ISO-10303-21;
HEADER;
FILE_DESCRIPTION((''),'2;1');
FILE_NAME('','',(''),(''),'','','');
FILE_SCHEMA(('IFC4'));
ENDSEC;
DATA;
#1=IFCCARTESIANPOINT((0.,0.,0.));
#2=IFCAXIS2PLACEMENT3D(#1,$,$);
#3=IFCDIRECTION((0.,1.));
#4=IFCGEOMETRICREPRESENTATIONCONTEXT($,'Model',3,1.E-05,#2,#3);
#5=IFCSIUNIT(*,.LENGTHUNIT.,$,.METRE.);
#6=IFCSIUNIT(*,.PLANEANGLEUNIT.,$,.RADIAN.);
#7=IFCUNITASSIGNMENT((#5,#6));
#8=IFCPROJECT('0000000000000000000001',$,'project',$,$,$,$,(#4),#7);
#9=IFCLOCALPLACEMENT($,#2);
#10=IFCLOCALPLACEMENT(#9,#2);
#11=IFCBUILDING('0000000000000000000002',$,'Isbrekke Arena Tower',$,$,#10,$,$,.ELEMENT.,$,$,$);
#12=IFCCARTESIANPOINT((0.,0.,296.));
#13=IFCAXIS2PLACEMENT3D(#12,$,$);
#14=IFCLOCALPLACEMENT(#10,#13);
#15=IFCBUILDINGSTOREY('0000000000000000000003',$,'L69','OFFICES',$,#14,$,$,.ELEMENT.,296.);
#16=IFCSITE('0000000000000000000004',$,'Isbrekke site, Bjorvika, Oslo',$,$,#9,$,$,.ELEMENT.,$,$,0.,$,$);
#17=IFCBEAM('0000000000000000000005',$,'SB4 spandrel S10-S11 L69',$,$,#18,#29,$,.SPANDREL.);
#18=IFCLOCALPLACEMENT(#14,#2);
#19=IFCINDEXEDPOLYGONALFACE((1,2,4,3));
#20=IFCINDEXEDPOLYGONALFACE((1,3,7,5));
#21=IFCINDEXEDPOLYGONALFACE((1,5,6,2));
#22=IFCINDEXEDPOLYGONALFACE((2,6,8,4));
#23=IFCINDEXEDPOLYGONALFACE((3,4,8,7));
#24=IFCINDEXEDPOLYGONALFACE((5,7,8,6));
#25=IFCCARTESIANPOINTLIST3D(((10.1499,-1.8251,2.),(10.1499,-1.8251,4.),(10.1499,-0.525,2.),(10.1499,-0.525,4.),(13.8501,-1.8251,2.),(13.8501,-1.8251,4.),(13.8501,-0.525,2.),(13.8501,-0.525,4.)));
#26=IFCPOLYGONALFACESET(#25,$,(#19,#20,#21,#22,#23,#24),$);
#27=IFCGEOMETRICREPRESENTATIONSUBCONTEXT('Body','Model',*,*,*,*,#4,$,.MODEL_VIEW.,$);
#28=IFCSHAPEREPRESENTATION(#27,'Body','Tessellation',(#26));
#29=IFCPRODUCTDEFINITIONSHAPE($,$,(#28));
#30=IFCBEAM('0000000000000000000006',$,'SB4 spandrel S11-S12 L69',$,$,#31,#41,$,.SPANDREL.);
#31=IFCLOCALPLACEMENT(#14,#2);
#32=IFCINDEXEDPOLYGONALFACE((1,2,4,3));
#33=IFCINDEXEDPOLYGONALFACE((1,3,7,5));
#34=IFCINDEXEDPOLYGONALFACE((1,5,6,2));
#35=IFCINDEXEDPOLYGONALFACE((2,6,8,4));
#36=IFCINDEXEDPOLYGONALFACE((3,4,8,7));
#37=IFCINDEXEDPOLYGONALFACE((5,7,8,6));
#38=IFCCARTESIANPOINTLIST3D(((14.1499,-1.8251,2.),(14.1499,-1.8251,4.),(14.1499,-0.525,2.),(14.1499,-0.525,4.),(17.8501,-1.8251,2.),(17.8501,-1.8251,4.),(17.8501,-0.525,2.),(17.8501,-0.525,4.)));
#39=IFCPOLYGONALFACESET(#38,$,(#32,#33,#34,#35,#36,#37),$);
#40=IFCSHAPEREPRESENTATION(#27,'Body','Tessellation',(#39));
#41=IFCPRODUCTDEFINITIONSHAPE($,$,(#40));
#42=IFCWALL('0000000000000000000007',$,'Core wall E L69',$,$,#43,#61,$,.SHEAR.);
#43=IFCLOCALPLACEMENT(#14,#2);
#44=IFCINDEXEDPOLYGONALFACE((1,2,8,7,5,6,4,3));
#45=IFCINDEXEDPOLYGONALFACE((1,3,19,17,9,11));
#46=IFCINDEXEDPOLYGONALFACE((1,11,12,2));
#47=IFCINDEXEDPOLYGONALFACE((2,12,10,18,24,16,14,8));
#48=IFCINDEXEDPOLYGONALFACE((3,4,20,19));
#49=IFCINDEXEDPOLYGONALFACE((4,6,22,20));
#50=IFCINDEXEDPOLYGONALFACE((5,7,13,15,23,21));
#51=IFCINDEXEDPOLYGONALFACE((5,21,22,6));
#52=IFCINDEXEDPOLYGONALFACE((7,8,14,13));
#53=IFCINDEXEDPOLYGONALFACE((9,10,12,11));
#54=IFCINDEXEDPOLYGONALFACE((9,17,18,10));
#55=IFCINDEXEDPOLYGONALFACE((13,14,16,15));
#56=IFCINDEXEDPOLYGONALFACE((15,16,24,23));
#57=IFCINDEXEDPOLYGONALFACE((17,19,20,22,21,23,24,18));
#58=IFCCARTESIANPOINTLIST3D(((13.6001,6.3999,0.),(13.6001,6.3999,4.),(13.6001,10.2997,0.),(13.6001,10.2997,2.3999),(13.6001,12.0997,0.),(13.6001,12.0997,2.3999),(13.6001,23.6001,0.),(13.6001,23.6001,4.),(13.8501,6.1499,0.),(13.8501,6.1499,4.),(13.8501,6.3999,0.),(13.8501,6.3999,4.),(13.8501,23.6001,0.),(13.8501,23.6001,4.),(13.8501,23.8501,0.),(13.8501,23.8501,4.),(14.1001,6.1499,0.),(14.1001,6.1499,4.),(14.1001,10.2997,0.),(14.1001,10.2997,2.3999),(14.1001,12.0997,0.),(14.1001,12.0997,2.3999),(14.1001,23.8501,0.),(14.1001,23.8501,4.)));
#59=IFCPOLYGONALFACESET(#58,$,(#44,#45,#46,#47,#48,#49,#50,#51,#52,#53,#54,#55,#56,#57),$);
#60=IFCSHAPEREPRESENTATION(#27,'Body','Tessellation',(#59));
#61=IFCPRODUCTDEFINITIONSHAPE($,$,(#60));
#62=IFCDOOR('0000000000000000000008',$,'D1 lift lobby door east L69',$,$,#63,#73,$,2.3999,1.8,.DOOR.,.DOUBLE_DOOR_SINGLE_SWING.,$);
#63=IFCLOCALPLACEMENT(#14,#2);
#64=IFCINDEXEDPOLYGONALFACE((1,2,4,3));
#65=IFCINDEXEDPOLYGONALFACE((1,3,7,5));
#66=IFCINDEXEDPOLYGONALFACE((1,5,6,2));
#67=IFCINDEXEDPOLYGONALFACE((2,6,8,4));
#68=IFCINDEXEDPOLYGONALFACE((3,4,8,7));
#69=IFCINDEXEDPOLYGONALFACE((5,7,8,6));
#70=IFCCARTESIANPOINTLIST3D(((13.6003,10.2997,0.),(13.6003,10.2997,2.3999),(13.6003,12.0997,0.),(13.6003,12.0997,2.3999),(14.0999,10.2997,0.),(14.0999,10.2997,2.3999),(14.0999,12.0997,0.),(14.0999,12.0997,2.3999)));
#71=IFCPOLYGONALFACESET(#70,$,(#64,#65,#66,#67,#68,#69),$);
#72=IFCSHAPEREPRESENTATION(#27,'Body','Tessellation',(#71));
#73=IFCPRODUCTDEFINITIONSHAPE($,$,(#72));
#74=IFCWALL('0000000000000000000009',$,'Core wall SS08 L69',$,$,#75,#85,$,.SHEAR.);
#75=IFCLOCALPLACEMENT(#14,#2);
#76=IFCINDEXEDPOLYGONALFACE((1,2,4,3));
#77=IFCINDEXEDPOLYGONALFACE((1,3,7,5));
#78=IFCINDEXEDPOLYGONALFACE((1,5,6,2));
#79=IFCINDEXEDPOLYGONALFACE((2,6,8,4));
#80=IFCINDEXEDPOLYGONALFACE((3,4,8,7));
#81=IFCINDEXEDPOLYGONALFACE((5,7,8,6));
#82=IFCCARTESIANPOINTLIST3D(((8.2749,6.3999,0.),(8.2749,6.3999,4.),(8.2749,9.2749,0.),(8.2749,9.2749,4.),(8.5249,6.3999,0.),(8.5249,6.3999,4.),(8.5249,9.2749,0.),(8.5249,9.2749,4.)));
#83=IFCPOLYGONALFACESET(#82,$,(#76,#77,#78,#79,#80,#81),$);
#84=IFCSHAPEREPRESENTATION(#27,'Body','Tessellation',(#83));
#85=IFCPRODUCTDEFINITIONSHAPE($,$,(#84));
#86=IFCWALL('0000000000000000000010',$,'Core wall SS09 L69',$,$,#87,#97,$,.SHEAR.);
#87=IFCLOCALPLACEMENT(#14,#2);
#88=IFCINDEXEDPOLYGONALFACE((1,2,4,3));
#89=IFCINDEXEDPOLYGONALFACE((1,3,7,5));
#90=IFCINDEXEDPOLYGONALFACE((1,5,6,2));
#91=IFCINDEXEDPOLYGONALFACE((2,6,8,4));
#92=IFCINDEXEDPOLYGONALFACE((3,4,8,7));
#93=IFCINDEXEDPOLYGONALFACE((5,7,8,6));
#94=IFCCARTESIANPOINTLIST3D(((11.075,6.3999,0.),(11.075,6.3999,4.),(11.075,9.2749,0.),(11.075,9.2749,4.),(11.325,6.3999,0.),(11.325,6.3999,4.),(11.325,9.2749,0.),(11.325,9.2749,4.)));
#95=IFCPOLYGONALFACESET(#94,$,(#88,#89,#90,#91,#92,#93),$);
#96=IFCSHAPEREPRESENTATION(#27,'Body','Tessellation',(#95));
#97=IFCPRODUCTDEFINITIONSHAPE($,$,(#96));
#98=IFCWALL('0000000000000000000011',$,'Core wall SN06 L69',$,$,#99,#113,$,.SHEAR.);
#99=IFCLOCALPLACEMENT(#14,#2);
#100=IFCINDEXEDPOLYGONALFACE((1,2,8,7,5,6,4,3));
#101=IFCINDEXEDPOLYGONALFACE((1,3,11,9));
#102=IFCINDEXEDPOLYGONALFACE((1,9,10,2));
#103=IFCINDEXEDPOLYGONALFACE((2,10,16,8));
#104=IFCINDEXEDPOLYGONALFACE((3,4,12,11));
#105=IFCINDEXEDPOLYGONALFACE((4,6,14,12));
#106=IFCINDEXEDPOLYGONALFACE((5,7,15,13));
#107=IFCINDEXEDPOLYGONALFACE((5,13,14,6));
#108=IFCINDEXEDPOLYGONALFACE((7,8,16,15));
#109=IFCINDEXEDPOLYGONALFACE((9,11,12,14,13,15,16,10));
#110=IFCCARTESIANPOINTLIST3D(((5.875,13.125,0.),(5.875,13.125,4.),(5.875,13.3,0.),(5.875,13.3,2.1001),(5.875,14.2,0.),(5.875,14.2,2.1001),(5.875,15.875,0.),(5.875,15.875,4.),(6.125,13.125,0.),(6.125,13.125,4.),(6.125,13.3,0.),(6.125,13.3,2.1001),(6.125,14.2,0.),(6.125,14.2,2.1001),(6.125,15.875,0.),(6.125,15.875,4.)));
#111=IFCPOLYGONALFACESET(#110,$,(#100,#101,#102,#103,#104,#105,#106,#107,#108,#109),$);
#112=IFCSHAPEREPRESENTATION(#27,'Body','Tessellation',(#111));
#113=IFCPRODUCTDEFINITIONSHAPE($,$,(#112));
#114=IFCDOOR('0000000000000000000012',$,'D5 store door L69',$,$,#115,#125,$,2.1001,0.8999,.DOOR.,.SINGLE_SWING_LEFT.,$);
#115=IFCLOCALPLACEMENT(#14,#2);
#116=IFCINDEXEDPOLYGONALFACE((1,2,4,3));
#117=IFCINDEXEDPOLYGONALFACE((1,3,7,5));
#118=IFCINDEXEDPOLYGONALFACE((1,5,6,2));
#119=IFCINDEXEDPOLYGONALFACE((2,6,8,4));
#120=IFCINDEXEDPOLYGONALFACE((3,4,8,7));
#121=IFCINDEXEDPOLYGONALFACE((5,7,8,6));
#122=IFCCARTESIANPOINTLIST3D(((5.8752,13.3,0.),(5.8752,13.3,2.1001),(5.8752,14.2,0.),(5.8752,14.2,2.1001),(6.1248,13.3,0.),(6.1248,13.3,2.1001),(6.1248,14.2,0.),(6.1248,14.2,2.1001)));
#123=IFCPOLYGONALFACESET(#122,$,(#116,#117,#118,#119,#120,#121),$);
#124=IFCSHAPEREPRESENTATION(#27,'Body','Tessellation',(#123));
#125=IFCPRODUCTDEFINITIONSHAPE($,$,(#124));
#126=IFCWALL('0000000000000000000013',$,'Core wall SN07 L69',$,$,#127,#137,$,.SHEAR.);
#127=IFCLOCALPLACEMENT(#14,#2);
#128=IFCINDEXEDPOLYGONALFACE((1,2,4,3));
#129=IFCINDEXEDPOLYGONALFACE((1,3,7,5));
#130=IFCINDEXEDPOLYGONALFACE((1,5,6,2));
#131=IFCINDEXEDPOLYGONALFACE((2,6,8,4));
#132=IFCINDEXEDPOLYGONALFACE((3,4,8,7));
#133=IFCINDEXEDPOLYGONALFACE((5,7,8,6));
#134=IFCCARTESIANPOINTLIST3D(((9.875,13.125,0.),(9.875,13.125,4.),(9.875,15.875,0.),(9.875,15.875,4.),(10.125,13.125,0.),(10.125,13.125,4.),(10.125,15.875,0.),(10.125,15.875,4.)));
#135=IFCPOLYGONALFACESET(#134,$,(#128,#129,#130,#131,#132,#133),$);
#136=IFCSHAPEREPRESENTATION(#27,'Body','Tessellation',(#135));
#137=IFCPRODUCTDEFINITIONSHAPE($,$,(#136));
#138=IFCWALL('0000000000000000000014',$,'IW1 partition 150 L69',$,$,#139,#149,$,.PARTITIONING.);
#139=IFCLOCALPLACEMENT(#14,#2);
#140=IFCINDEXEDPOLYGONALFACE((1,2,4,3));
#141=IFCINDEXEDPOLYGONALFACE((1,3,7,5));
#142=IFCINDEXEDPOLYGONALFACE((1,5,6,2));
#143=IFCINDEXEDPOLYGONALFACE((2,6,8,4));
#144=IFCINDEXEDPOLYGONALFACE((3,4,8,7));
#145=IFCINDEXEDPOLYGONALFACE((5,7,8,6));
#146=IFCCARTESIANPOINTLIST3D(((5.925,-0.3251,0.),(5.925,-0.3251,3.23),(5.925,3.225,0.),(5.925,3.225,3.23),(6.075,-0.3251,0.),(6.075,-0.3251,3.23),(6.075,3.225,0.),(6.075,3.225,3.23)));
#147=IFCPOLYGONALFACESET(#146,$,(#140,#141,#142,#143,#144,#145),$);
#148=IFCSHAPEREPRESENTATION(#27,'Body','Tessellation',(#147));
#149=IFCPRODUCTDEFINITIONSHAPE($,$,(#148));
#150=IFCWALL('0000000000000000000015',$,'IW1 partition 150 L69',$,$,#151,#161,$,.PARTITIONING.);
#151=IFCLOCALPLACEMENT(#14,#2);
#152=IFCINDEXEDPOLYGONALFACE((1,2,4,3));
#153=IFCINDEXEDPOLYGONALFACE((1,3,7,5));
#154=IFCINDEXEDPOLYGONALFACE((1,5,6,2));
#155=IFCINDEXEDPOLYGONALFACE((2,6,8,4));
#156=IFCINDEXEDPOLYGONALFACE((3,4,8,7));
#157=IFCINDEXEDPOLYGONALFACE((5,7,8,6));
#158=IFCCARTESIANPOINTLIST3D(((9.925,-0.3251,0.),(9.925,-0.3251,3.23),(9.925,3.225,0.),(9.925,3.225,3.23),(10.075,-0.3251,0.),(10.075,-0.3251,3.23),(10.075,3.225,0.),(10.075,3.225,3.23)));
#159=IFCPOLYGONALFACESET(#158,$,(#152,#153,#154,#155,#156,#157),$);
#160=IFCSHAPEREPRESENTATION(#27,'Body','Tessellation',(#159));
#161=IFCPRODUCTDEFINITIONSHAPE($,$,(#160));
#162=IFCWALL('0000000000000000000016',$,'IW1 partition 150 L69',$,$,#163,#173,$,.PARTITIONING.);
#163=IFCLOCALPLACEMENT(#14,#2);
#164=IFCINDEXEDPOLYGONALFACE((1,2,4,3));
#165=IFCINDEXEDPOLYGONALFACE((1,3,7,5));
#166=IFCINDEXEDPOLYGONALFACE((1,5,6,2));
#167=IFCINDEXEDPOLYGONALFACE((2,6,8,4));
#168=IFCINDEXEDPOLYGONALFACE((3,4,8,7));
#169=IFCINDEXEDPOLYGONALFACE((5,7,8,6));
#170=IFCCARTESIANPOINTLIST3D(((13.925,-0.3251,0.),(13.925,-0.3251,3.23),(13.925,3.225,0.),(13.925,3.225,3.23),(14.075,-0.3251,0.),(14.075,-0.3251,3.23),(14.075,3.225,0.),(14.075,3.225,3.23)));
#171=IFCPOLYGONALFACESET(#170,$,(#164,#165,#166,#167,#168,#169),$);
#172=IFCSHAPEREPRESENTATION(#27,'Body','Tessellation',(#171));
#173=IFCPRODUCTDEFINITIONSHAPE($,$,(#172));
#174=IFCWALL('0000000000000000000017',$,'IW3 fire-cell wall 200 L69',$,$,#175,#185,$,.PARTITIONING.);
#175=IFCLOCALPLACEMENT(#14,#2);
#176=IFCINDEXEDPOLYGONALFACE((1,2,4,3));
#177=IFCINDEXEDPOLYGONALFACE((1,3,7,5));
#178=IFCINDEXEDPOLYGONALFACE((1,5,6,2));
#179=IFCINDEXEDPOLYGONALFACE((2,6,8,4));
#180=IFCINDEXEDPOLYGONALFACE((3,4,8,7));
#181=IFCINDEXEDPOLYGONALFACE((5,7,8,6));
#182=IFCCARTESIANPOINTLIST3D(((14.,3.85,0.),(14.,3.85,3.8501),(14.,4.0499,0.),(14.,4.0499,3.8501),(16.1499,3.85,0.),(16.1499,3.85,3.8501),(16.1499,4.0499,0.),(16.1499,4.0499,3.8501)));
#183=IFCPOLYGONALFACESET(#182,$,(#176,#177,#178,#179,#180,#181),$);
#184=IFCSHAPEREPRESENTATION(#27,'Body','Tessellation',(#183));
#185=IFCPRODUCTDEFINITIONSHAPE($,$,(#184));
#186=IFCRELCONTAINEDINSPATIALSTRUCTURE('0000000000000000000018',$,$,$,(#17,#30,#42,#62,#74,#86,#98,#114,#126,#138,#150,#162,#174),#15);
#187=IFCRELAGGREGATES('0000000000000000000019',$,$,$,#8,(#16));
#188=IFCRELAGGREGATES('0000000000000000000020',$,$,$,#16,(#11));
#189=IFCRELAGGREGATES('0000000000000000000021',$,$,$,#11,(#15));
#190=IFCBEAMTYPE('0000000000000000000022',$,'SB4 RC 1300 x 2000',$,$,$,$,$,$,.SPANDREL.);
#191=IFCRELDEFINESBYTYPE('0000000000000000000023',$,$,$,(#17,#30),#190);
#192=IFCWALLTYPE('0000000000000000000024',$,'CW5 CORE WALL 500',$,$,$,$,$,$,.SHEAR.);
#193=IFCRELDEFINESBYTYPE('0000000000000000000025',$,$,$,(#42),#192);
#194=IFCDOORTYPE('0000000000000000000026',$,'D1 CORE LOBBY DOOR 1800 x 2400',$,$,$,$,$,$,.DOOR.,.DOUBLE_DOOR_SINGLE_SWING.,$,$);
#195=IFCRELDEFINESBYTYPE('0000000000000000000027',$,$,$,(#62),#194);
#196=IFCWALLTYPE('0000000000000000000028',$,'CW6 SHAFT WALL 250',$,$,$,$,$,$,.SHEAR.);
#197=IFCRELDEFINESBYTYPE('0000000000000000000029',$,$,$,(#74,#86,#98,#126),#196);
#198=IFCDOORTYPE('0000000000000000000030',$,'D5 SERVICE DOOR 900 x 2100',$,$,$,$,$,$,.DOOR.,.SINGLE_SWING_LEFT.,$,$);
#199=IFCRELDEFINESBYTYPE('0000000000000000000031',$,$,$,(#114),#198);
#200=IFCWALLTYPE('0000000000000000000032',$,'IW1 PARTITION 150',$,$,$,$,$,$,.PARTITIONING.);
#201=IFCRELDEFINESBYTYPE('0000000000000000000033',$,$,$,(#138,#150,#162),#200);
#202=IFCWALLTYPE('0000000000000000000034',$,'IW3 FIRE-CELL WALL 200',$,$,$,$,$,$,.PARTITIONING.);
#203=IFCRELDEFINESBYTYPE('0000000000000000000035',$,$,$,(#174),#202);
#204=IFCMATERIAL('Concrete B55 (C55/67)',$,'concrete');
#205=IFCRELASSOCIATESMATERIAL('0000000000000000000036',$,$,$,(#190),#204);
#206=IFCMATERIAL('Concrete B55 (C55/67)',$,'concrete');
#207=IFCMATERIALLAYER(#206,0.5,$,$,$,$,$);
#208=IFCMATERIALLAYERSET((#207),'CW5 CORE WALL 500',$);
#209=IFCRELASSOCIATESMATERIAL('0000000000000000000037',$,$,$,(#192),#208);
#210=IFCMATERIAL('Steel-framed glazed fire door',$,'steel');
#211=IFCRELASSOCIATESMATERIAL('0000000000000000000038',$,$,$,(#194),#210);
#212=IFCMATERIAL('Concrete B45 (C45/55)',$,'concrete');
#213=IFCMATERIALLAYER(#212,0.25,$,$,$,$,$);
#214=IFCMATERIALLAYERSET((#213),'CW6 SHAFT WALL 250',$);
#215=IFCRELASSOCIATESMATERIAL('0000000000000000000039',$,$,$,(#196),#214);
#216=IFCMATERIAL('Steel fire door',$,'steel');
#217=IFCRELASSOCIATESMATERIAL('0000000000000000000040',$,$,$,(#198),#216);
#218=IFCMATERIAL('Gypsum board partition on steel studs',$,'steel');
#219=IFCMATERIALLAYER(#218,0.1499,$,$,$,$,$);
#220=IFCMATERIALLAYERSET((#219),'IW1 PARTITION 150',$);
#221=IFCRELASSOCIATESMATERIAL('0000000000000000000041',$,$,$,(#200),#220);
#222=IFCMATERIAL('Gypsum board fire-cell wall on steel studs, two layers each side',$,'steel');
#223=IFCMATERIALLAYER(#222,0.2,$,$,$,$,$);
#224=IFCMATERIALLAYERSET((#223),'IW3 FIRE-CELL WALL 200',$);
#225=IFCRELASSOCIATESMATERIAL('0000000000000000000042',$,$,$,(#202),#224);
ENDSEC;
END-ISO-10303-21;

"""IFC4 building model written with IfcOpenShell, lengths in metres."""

from ifc_helpers import new_model, si_unit, direction, frame, frame_2d, origin, origin_2d, place, context, subcontext, project, spatial, polyline, rectangle, outline, extrude, material, layer, layer_set, material_profile, profile_set, type_object, element, fill, save


model = new_model("IFC4")

# Units and contexts
model_context = context("Model", 3, precision=1e-05, world=origin(), true_north=direction((0.0, 1.0)))
body_context = subcontext(model_context, "Body", "Model", "MODEL_VIEW")
ifc_project = project(units=[si_unit("LENGTHUNIT", "METRE"), si_unit("PLANEANGLEUNIT", "RADIAN")], contexts=[model_context])

# Site, building, storey
site_placement = place(None, origin())
site = spatial("IfcSite", under=ifc_project, at=site_placement, Name="Isbrekke site, Bjorvika, Oslo", CompositionType="ELEMENT", RefElevation=0.0)
building_placement = place(site_placement, origin())
building = spatial("IfcBuilding", under=site, at=building_placement, Name="Isbrekke Arena Tower", CompositionType="ELEMENT")
storey_placement = place(building_placement, frame((0.0, 0.0, 296.0)))
storey = spatial("IfcBuildingStorey", under=building, at=storey_placement, Name="L69", Description="OFFICES", CompositionType="ELEMENT", Elevation=296.0)

# Beams
ifc_material_1 = material(Name="Concrete B55 (C55/67)", Category="concrete")
ifc_material_profile_1 = material_profile(ifc_material_1, rectangle(XDim=1.3, YDim=2.0, at=origin_2d()), Name="RC 1300x2000")
ifc_profile_set_1 = profile_set([ifc_material_profile_1], Name="Concrete B55 (C55/67)")
beam_type_1 = type_object("IfcBeamType", Name="SB4 RC 1300 x 2000", PredefinedType="SPANDREL", material=ifc_profile_set_1)
for number, where, z_axis, x_axis, name in (
    (1, (10.1499, -1.175, 3.0), (1.0, 0.0, 0.0), (0.0, 1.0, 0.0), "SB4 spandrel S10-S11 L69"),
    (2, (14.1499, -1.175, 3.0), (1.0, 0.0, 0.0), (0.0, 1.0, 0.0), "SB4 spandrel S11-S12 L69"),
):
    element("IfcBeam", number, at=place(storey_placement, frame(where, z_axis=z_axis, x_axis=x_axis)), inside=storey, type_object=beam_type_1, Name=name, PredefinedType="SPANDREL", context=body_context, shape_type="SweptSolid", body=[
        extrude(rectangle(XDim=1.3, YDim=2.0, at=origin_2d()), origin(), (0.0, 0.0, 1.0), 3.7002),
    ])

# Wall, opening, door
ifc_material_2 = material(Name="Concrete B55 (C55/67)", Category="concrete")
ifc_layer_1 = layer(ifc_material_2, 0.5)
ifc_layer_set_1 = layer_set([ifc_layer_1], Name="CW5 CORE WALL 500")
wall_type_1 = type_object("IfcWallType", Name="CW5 CORE WALL 500", PredefinedType="SHEAR", material=ifc_layer_set_1)
wall_1_placement = place(storey_placement, frame((13.8501, 6.1499, 0.0), z_axis=(0.0, 0.0, 1.0), x_axis=(0.0, 1.0, 0.0)))
wall_1 = element("IfcWall", 3, at=wall_1_placement, inside=storey, type_object=wall_type_1, Name="Core wall E L69", PredefinedType="SHEAR", context=body_context, shape_type="SweptSolid", body=[
    extrude(outline(polyline([(0.0, -0.25), (17.7002, -0.25), (17.7002, 0.0), (17.4502, 0.0), (17.4502, 0.25), (0.25, 0.25), (0.25, 0.0), (0.0, 0.0), (0.0, -0.25)])), origin(), (0.0, 0.0, 1.0), 4.0),
])
opening_1_placement = place(wall_1_placement, frame((4.1499, 0.0, 0.0)))
opening_1 = element("IfcOpeningElement", 4, at=opening_1_placement, cuts=wall_1, PredefinedType="OPENING", context=body_context, shape_type="SweptSolid", body=[
    extrude(rectangle(XDim=1.8, YDim=2.3999, at=frame_2d((0.8999, 1.2))), frame((0.0, 0.2649, 0.0), z_axis=(0.0, -1.0, 0.0), x_axis=(1.0, 0.0, 0.0)), (0.0, 0.0, 1.0), 0.5298),
])
ifc_material_3 = material(Name="Steel-framed glazed fire door", Category="steel")
door_type_1 = type_object("IfcDoorType", Name="D1 CORE LOBBY DOOR 1800 x 2400", OperationType="DOUBLE_DOOR_SINGLE_SWING", PredefinedType="DOOR", material=ifc_material_3)
door_1_placement = place(opening_1_placement, origin())
door_1 = element("IfcDoor", 5, at=door_1_placement, inside=storey, type_object=door_type_1, Name="D1 lift lobby door east L69", OperationType="DOUBLE_DOOR_SINGLE_SWING", OverallHeight=2.3999, OverallWidth=1.8, PredefinedType="DOOR", context=body_context, shape_type="SweptSolid", body=[
    extrude(rectangle(XDim=1.8, YDim=2.3999, at=frame_2d((0.8999, 1.2))), frame((0.0, 0.2498, 0.0), z_axis=(0.0, -1.0, 0.0), x_axis=(1.0, 0.0, 0.0)), (0.0, 0.0, 1.0), 0.4995),
])
fill(opening_1, door_1)

# Walls
ifc_material_4 = material(Name="Concrete B45 (C45/55)", Category="concrete")
ifc_layer_2 = layer(ifc_material_4, 0.25)
ifc_layer_set_2 = layer_set([ifc_layer_2], Name="CW6 SHAFT WALL 250")
wall_type_2 = type_object("IfcWallType", Name="CW6 SHAFT WALL 250", PredefinedType="SHEAR", material=ifc_layer_set_2)
for number, where, z_axis, x_axis, name in (
    (6, (8.3999, 6.3999, 0.0), (0.0, 0.0, 1.0), (0.0, 1.0, 0.0), "Core wall SS08 L69"),
    (7, (11.2, 6.3999, 0.0), (0.0, 0.0, 1.0), (0.0, 1.0, 0.0), "Core wall SS09 L69"),
):
    element("IfcWall", number, at=place(storey_placement, frame(where, z_axis=z_axis, x_axis=x_axis)), inside=storey, type_object=wall_type_2, Name=name, PredefinedType="SHEAR", context=body_context, shape_type="SweptSolid", body=[
        extrude(rectangle(XDim=2.875, YDim=0.25, at=frame_2d((1.4375, 0.0))), origin(), (0.0, 0.0, 1.0), 4.0),
    ])

# Wall, opening, door
wall_2_placement = place(storey_placement, frame((6.0, 13.125, 0.0), z_axis=(0.0, 0.0, 1.0), x_axis=(0.0, 1.0, 0.0)))
wall_2 = element("IfcWall", 8, at=wall_2_placement, inside=storey, type_object=wall_type_2, Name="Core wall SN06 L69", PredefinedType="SHEAR", context=body_context, shape_type="SweptSolid", body=[
    extrude(rectangle(XDim=2.75, YDim=0.25, at=frame_2d((1.375, 0.0))), origin(), (0.0, 0.0, 1.0), 4.0),
])
opening_2_placement = place(wall_2_placement, frame((0.175, 0.0, 0.0)))
opening_2 = element("IfcOpeningElement", 9, at=opening_2_placement, cuts=wall_2, PredefinedType="OPENING", context=body_context, shape_type="SweptSolid", body=[
    extrude(rectangle(XDim=0.8999, YDim=2.1001, at=frame_2d((0.45, 1.05))), frame((0.0, 0.1399, 0.0), z_axis=(0.0, -1.0, 0.0), x_axis=(1.0, 0.0, 0.0)), (0.0, 0.0, 1.0), 0.2798),
])
ifc_material_5 = material(Name="Steel fire door", Category="steel")
door_type_2 = type_object("IfcDoorType", Name="D5 SERVICE DOOR 900 x 2100", OperationType="SINGLE_SWING_LEFT", PredefinedType="DOOR", material=ifc_material_5)
door_2_placement = place(opening_2_placement, frame((0.8999, 0.0, 0.0), z_axis=(0.0, 0.0, 1.0), x_axis=(-1.0, 0.0, 0.0)))
door_2 = element("IfcDoor", 10, at=door_2_placement, inside=storey, type_object=door_type_2, Name="D5 store door L69", OperationType="SINGLE_SWING_LEFT", OverallHeight=2.1001, OverallWidth=0.8999, PredefinedType="DOOR", context=body_context, shape_type="SweptSolid", body=[
    extrude(rectangle(XDim=0.8999, YDim=2.1001, at=frame_2d((0.45, 1.05))), frame((0.0, 0.1248, 0.0), z_axis=(0.0, -1.0, 0.0), x_axis=(1.0, 0.0, 0.0)), (0.0, 0.0, 1.0), 0.2495),
])
fill(opening_2, door_2)

# Walls
wall_3_placement = place(storey_placement, frame((10.0, 13.125, 0.0), z_axis=(0.0, 0.0, 1.0), x_axis=(0.0, 1.0, 0.0)))
element("IfcWall", 11, at=wall_3_placement, inside=storey, type_object=wall_type_2, Name="Core wall SN07 L69", PredefinedType="SHEAR", context=body_context, shape_type="SweptSolid", body=[
    extrude(rectangle(XDim=2.75, YDim=0.25, at=frame_2d((1.375, 0.0))), origin(), (0.0, 0.0, 1.0), 4.0),
])
ifc_material_6 = material(Name="Gypsum board partition on steel studs", Category="steel")
ifc_layer_3 = layer(ifc_material_6, 0.1499)
ifc_layer_set_3 = layer_set([ifc_layer_3], Name="IW1 PARTITION 150")
wall_type_3 = type_object("IfcWallType", Name="IW1 PARTITION 150", PredefinedType="PARTITIONING", material=ifc_layer_set_3)
for number, where, z_axis, x_axis, name in (
    (12, (6.0, -0.325, 0.0), (0.0, 0.0, 1.0), (0.0, 1.0, 0.0), "IW1 partition 150 L69"),
    (13, (10.0, -0.325, 0.0), (0.0, 0.0, 1.0), (0.0, 1.0, 0.0), "IW1 partition 150 L69"),
    (14, (14.0, -0.325, 0.0), (0.0, 0.0, 1.0), (0.0, 1.0, 0.0), "IW1 partition 150 L69"),
):
    element("IfcWall", number, at=place(storey_placement, frame(where, z_axis=z_axis, x_axis=x_axis)), inside=storey, type_object=wall_type_3, Name=name, PredefinedType="PARTITIONING", context=body_context, shape_type="SweptSolid", body=[
        extrude(rectangle(XDim=3.55, YDim=0.1499, at=frame_2d((1.7749, 0.0))), origin(), (0.0, 0.0, 1.0), 3.23),
    ])
ifc_material_7 = material(Name="Gypsum board fire-cell wall on steel studs, two layers each side", Category="steel")
ifc_layer_4 = layer(ifc_material_7, 0.2)
ifc_layer_set_4 = layer_set([ifc_layer_4], Name="IW3 FIRE-CELL WALL 200")
wall_type_4 = type_object("IfcWallType", Name="IW3 FIRE-CELL WALL 200", PredefinedType="PARTITIONING", material=ifc_layer_set_4)
wall_4_placement = place(storey_placement, frame((14.0, 3.95, 0.0), z_axis=(0.0, 0.0, 1.0), x_axis=(1.0, 0.0, 0.0)))
element("IfcWall", 15, at=wall_4_placement, inside=storey, type_object=wall_type_4, Name="IW3 fire-cell wall 200 L69", PredefinedType="PARTITIONING", context=body_context, shape_type="SweptSolid", body=[
    extrude(rectangle(XDim=2.1499, YDim=0.2, at=frame_2d((1.075, 0.0))), origin(), (0.0, 0.0, 1.0), 3.8501),
])

save(model, "model.ifc")
